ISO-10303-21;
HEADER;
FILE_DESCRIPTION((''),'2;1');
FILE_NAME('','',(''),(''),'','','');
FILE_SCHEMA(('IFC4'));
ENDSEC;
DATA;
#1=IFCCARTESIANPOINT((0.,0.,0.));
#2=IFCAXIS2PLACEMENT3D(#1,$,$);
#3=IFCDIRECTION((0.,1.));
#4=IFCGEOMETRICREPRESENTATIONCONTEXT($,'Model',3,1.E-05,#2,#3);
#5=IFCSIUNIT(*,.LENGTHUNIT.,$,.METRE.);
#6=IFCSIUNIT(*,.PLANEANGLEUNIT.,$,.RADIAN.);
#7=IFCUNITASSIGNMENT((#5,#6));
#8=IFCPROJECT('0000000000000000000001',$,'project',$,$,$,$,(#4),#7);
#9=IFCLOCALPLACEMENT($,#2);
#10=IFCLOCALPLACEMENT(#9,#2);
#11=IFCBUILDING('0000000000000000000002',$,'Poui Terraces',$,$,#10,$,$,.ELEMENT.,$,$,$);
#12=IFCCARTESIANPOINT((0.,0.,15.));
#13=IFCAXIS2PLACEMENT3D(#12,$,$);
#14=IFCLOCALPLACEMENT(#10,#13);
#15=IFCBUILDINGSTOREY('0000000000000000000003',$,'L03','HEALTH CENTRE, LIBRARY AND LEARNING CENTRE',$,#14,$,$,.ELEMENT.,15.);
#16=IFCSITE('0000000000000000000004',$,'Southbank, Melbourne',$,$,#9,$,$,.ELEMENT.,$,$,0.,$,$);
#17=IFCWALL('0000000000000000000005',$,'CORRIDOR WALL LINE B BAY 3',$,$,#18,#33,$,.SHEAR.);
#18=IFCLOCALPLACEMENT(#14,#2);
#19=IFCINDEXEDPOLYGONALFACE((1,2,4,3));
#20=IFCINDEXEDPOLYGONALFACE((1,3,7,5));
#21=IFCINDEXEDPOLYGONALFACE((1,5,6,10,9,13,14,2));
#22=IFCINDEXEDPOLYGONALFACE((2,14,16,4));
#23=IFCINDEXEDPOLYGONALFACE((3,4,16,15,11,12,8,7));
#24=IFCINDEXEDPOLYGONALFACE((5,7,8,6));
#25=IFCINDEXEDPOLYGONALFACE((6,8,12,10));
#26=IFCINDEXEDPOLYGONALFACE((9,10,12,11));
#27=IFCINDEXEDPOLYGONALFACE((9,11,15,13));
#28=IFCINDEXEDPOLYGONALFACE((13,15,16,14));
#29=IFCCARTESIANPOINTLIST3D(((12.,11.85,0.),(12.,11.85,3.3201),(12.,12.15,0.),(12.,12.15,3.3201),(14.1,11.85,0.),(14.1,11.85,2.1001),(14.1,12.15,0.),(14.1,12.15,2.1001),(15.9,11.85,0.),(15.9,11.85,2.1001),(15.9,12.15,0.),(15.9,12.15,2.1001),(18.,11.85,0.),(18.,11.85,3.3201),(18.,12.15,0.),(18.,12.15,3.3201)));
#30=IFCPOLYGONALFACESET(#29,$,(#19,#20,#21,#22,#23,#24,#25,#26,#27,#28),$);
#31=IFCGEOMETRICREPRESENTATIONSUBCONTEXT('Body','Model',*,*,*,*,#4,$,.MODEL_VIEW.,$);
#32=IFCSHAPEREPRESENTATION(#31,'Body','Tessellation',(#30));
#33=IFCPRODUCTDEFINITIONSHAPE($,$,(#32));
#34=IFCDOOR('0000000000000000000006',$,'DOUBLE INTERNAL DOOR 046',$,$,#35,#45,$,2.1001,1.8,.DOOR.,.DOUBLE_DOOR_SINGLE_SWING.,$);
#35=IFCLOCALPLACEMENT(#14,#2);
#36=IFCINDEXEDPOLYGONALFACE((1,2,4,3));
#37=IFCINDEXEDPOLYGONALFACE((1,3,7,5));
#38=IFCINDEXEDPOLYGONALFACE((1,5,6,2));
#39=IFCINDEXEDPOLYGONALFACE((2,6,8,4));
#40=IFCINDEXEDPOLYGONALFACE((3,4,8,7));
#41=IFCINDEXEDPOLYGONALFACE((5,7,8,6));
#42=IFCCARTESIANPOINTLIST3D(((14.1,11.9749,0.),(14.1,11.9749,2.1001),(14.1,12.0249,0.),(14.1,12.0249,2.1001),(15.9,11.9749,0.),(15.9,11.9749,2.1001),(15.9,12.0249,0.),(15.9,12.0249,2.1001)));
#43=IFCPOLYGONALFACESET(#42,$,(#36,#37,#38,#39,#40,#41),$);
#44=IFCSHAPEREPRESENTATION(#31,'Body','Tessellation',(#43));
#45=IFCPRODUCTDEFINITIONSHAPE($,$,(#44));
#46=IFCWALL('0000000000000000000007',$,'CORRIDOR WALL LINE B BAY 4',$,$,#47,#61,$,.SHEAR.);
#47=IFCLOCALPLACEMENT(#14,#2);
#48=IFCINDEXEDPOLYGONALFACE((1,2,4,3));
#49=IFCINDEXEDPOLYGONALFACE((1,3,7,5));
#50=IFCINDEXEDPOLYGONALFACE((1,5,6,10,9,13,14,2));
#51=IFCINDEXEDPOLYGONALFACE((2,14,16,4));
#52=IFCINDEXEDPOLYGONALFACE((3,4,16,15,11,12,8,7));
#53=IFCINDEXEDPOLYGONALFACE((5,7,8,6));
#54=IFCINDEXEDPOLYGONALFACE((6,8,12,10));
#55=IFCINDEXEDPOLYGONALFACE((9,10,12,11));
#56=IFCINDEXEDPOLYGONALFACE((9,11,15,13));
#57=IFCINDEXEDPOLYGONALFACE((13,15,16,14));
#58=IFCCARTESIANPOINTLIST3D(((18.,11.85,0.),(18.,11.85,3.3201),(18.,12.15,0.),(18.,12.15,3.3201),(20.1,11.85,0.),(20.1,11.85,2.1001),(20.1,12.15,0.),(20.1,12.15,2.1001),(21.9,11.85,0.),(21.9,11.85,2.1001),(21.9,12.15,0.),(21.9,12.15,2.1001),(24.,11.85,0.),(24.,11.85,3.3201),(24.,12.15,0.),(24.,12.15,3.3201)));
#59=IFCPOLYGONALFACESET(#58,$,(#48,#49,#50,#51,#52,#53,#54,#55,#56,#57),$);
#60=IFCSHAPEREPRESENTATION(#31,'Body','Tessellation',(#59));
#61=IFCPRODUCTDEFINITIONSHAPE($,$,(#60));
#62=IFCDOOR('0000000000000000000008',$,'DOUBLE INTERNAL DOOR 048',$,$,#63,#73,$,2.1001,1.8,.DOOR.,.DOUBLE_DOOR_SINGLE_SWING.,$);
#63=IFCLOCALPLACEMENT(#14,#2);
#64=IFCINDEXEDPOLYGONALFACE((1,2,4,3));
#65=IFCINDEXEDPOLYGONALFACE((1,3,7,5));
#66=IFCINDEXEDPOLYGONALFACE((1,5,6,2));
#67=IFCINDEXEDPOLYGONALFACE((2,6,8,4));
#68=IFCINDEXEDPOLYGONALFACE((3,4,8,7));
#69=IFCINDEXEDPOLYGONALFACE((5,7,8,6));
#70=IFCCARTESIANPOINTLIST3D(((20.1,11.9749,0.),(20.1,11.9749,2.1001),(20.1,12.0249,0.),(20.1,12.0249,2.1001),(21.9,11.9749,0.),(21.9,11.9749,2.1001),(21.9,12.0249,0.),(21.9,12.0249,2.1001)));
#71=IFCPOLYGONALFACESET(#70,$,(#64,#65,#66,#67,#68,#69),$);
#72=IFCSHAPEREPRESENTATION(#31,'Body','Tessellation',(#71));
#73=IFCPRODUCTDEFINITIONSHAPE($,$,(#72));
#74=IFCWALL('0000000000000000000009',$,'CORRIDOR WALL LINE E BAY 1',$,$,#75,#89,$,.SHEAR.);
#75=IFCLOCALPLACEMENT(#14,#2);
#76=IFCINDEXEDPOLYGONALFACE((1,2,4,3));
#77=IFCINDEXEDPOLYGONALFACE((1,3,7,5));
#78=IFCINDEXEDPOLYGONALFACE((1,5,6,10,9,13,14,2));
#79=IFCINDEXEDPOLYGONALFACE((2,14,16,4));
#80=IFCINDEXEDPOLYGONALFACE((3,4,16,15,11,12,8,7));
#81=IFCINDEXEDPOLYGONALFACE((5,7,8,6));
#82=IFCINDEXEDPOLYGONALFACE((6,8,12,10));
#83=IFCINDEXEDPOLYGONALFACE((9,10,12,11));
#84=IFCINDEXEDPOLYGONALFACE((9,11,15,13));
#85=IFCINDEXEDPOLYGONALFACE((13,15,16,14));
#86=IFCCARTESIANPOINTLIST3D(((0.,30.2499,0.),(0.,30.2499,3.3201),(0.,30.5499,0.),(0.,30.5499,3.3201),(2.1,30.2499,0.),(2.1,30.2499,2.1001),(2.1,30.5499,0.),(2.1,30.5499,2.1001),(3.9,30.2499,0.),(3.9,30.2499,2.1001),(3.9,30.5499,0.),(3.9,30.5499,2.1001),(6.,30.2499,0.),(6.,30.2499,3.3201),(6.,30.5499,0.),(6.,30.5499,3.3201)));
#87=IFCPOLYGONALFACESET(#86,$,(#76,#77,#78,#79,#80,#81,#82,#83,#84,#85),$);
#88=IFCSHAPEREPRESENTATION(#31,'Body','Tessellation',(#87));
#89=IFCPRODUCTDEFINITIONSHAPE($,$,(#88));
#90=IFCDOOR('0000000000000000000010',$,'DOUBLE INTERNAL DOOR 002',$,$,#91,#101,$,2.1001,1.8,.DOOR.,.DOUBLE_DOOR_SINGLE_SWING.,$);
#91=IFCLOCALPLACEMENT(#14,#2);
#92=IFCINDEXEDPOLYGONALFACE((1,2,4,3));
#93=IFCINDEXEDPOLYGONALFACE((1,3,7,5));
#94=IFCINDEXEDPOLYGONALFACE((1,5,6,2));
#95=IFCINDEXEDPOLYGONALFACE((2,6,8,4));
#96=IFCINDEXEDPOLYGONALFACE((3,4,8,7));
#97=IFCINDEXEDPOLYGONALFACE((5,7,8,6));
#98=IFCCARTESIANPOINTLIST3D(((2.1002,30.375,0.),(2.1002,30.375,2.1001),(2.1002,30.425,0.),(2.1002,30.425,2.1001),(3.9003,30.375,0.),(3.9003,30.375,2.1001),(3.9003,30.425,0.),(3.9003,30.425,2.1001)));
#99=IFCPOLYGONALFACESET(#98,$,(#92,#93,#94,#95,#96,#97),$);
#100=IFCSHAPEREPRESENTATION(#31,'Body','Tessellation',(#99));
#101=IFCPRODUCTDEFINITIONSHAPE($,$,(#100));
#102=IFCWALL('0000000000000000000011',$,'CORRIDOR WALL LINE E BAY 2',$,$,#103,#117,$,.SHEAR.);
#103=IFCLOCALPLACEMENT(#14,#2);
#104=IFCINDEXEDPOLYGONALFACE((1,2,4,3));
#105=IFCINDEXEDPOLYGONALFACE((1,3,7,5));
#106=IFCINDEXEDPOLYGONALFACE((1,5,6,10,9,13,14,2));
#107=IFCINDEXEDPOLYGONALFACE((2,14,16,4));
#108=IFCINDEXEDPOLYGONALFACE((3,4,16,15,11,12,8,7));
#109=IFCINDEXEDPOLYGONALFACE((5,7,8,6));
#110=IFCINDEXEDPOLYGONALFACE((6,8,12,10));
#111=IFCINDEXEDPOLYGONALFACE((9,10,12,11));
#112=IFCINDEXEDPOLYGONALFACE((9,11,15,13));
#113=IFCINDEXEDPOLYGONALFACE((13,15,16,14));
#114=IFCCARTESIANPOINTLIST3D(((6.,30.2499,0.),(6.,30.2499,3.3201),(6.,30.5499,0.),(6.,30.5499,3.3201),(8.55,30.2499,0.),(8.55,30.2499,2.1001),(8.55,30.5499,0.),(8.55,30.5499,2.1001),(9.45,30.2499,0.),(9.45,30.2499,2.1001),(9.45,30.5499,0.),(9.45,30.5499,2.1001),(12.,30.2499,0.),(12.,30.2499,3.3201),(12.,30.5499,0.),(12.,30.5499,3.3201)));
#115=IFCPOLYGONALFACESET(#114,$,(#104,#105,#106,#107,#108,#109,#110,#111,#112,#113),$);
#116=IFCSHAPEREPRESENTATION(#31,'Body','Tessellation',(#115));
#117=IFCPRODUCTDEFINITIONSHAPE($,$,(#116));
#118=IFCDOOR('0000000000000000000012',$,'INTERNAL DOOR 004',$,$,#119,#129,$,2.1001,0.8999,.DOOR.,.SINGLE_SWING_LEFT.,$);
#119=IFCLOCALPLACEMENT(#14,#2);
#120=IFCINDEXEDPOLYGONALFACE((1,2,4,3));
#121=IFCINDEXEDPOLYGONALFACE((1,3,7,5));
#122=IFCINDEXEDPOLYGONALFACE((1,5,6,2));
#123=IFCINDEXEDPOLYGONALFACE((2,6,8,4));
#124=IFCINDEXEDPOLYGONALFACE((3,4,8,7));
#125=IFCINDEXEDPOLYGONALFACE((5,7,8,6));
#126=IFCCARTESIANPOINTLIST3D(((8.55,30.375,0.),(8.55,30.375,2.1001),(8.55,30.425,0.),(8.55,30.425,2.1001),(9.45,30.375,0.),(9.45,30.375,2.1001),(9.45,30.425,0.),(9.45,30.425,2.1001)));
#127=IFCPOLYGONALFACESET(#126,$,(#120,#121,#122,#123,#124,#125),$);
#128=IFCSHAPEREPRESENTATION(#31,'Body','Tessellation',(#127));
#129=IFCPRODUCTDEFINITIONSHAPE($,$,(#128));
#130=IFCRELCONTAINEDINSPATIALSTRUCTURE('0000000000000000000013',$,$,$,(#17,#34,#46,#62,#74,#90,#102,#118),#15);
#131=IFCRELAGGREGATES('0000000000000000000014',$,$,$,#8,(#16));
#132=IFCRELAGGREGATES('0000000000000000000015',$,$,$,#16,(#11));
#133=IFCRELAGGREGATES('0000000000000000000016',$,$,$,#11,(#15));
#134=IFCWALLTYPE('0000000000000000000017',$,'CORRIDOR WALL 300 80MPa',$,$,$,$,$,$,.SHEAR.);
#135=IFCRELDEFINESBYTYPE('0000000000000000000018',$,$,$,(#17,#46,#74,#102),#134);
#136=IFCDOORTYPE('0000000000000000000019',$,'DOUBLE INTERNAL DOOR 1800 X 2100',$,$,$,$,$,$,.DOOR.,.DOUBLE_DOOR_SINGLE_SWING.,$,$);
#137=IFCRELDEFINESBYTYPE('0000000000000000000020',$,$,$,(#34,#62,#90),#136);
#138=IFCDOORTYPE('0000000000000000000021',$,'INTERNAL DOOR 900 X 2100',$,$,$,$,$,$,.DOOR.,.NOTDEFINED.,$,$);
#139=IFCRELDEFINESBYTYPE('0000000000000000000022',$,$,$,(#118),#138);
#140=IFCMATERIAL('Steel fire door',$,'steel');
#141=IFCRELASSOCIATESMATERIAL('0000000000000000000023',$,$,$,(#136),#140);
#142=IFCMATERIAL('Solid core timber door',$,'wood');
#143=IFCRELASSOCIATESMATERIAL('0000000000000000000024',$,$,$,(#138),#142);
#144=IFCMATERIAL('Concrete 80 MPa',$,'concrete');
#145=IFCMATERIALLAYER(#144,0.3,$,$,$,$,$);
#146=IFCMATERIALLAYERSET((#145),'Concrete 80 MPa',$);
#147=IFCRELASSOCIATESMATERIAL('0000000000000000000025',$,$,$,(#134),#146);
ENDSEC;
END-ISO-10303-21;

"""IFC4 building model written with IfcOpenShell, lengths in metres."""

from ifc_helpers import new_model, si_unit, direction, frame, frame_2d, origin, place, context, subcontext, project, spatial, rectangle, extrude, material, layer, layer_set, type_object, element, fill, save


model = new_model("IFC4")

# Units and contexts
model_context = context("Model", 3, precision=1e-05, world=origin(), true_north=direction((0.0, 1.0)))
body_context = subcontext(model_context, "Body", "Model", "MODEL_VIEW")
ifc_project = project(units=[si_unit("LENGTHUNIT", "METRE"), si_unit("PLANEANGLEUNIT", "RADIAN")], contexts=[model_context])

# Site, building, storey
site_placement = place(None, origin())
site = spatial("IfcSite", under=ifc_project, at=site_placement, Name="Southbank, Melbourne", CompositionType="ELEMENT", RefElevation=0.0)
building_placement = place(site_placement, origin())
building = spatial("IfcBuilding", under=site, at=building_placement, Name="Poui Terraces", CompositionType="ELEMENT")
storey_placement = place(building_placement, frame((0.0, 0.0, 15.0)))
storey = spatial("IfcBuildingStorey", under=building, at=storey_placement, Name="L03", Description="HEALTH CENTRE, LIBRARY AND LEARNING CENTRE", CompositionType="ELEMENT", Elevation=15.0)

# Shared definitions
ifc_material_1 = material(Name="Concrete 80 MPa", Category="concrete")

# Shared definitions
ifc_material_2 = material(Name="Steel fire door", Category="steel")
door_type_1 = type_object("IfcDoorType", Name="DOUBLE INTERNAL DOOR 1800 X 2100", OperationType="DOUBLE_DOOR_SINGLE_SWING", PredefinedType="DOOR", material=ifc_material_2)

# Shared definitions
ifc_material_3 = material(Name="Solid core timber door", Category="wood")
door_type_2 = type_object("IfcDoorType", Name="INTERNAL DOOR 900 X 2100", OperationType="NOTDEFINED", PredefinedType="DOOR", material=ifc_material_3)

# Walls, openings, doors
ifc_layer_1 = layer(ifc_material_1, 0.3)
ifc_layer_set_1 = layer_set([ifc_layer_1], Name="Concrete 80 MPa")
wall_type_1 = type_object("IfcWallType", Name="CORRIDOR WALL 300 80MPa", PredefinedType="SHEAR", material=ifc_layer_set_1)
wall_1_placement = place(storey_placement, frame((12.0, 12.0, 0.0), z_axis=(0.0, 0.0, 1.0), x_axis=(1.0, 0.0, 0.0)))
wall_1 = element("IfcWall", 1, at=wall_1_placement, inside=storey, type_object=wall_type_1, Name="CORRIDOR WALL LINE B BAY 3", PredefinedType="SHEAR", context=body_context, shape_type="SweptSolid", body=[
    extrude(rectangle(XDim=6.0, YDim=0.3, at=frame_2d((3.0, 0.0))), origin(), (0.0, 0.0, 1.0), 3.3201),
])
opening_1_placement = place(wall_1_placement, frame((2.1001, 0.0, 0.0)))
opening_1 = element("IfcOpeningElement", 2, at=opening_1_placement, cuts=wall_1, PredefinedType="OPENING", context=body_context, shape_type="SweptSolid", body=[
    extrude(rectangle(XDim=1.8, YDim=2.1001, at=frame_2d((0.8999, 1.05))), frame((0.0, 0.1602, 0.0), z_axis=(0.0, -1.0, 0.0), x_axis=(1.0, 0.0, 0.0)), (0.0, 0.0, 1.0), 0.3201),
])
door_1_placement = place(opening_1_placement, origin())
door_1 = element("IfcDoor", 3, at=door_1_placement, inside=storey, type_object=door_type_1, Name="DOUBLE INTERNAL DOOR 046", OperationType="DOUBLE_DOOR_SINGLE_SWING", OverallHeight=2.1001, OverallWidth=1.8, PredefinedType="DOOR", context=body_context, shape_type="SweptSolid", body=[
    extrude(rectangle(XDim=1.8, YDim=2.1001, at=frame_2d((0.8999, 1.05))), frame((0.0, 0.0249, 0.0), z_axis=(0.0, -1.0, 0.0), x_axis=(1.0, 0.0, 0.0)), (0.0, 0.0, 1.0), 0.05),
])
fill(opening_1, door_1)
wall_2_placement = place(storey_placement, frame((18.0, 12.0, 0.0), z_axis=(0.0, 0.0, 1.0), x_axis=(1.0, 0.0, 0.0)))
wall_2 = element("IfcWall", 4, at=wall_2_placement, inside=storey, type_object=wall_type_1, Name="CORRIDOR WALL LINE B BAY 4", PredefinedType="SHEAR", context=body_context, shape_type="SweptSolid", body=[
    extrude(rectangle(XDim=6.0, YDim=0.3, at=frame_2d((3.0, 0.0))), origin(), (0.0, 0.0, 1.0), 3.3201),
])
opening_2_placement = place(wall_2_placement, frame((2.1001, 0.0, 0.0)))
opening_2 = element("IfcOpeningElement", 5, at=opening_2_placement, cuts=wall_2, PredefinedType="OPENING", context=body_context, shape_type="SweptSolid", body=[
    extrude(rectangle(XDim=1.8, YDim=2.1001, at=frame_2d((0.8999, 1.05))), frame((0.0, 0.1602, 0.0), z_axis=(0.0, -1.0, 0.0), x_axis=(1.0, 0.0, 0.0)), (0.0, 0.0, 1.0), 0.3201),
])
door_2_placement = place(opening_2_placement, origin())
door_2 = element("IfcDoor", 6, at=door_2_placement, inside=storey, type_object=door_type_1, Name="DOUBLE INTERNAL DOOR 048", OperationType="DOUBLE_DOOR_SINGLE_SWING", OverallHeight=2.1001, OverallWidth=1.8, PredefinedType="DOOR", context=body_context, shape_type="SweptSolid", body=[
    extrude(rectangle(XDim=1.8, YDim=2.1001, at=frame_2d((0.8999, 1.05))), frame((0.0, 0.0249, 0.0), z_axis=(0.0, -1.0, 0.0), x_axis=(1.0, 0.0, 0.0)), (0.0, 0.0, 1.0), 0.05),
])
fill(opening_2, door_2)
wall_3_placement = place(storey_placement, frame((0.0, 30.3999, 0.0), z_axis=(0.0, 0.0, 1.0), x_axis=(1.0, 0.0, 0.0)))
wall_3 = element("IfcWall", 7, at=wall_3_placement, inside=storey, type_object=wall_type_1, Name="CORRIDOR WALL LINE E BAY 1", PredefinedType="SHEAR", context=body_context, shape_type="SweptSolid", body=[
    extrude(rectangle(XDim=6.0, YDim=0.3, at=frame_2d((3.0, 0.0))), origin(), (0.0, 0.0, 1.0), 3.3201),
])
opening_3_placement = place(wall_3_placement, frame((2.1001, 0.0, 0.0)))
opening_3 = element("IfcOpeningElement", 8, at=opening_3_placement, cuts=wall_3, PredefinedType="OPENING", context=body_context, shape_type="SweptSolid", body=[
    extrude(rectangle(XDim=1.8, YDim=2.1001, at=frame_2d((0.8999, 1.05))), frame((0.0, 0.1602, 0.0), z_axis=(0.0, -1.0, 0.0), x_axis=(1.0, 0.0, 0.0)), (0.0, 0.0, 1.0), 0.3201),
])
door_3_placement = place(opening_3_placement, frame((1.8, 0.0, 0.0), z_axis=(0.0, 0.0, 1.0), x_axis=(-1.0, 0.0, 0.0)))
door_3 = element("IfcDoor", 9, at=door_3_placement, inside=storey, type_object=door_type_1, Name="DOUBLE INTERNAL DOOR 002", OperationType="DOUBLE_DOOR_SINGLE_SWING", OverallHeight=2.1001, OverallWidth=1.8, PredefinedType="DOOR", context=body_context, shape_type="SweptSolid", body=[
    extrude(rectangle(XDim=1.8, YDim=2.1001, at=frame_2d((0.8999, 1.05))), frame((0.0, 0.0249, 0.0), z_axis=(0.0, -1.0, 0.0), x_axis=(1.0, 0.0, 0.0)), (0.0, 0.0, 1.0), 0.05),
])
fill(opening_3, door_3)
wall_4_placement = place(storey_placement, frame((6.0, 30.3999, 0.0), z_axis=(0.0, 0.0, 1.0), x_axis=(1.0, 0.0, 0.0)))
wall_4 = element("IfcWall", 10, at=wall_4_placement, inside=storey, type_object=wall_type_1, Name="CORRIDOR WALL LINE E BAY 2", PredefinedType="SHEAR", context=body_context, shape_type="SweptSolid", body=[
    extrude(rectangle(XDim=6.0, YDim=0.3, at=frame_2d((3.0, 0.0))), origin(), (0.0, 0.0, 1.0), 3.3201),
])
opening_4_placement = place(wall_4_placement, frame((2.55, 0.0, 0.0)))
opening_4 = element("IfcOpeningElement", 11, at=opening_4_placement, cuts=wall_4, PredefinedType="OPENING", context=body_context, shape_type="SweptSolid", body=[
    extrude(rectangle(XDim=0.8999, YDim=2.1001, at=frame_2d((0.45, 1.05))), frame((0.0, 0.1602, 0.0), z_axis=(0.0, -1.0, 0.0), x_axis=(1.0, 0.0, 0.0)), (0.0, 0.0, 1.0), 0.3201),
])
door_4_placement = place(opening_4_placement, frame((0.8999, 0.0, 0.0), z_axis=(0.0, 0.0, 1.0), x_axis=(-1.0, 0.0, 0.0)))
door_4 = element("IfcDoor", 12, at=door_4_placement, inside=storey, type_object=door_type_2, Name="INTERNAL DOOR 004", OperationType="SINGLE_SWING_LEFT", OverallHeight=2.1001, OverallWidth=0.8999, PredefinedType="DOOR", context=body_context, shape_type="SweptSolid", body=[
    extrude(rectangle(XDim=0.8999, YDim=2.1001, at=frame_2d((0.45, 1.05))), frame((0.0, 0.0249, 0.0), z_axis=(0.0, -1.0, 0.0), x_axis=(1.0, 0.0, 0.0)), (0.0, 0.0, 1.0), 0.05),
])
fill(opening_4, door_4)

save(model, "model.ifc")
